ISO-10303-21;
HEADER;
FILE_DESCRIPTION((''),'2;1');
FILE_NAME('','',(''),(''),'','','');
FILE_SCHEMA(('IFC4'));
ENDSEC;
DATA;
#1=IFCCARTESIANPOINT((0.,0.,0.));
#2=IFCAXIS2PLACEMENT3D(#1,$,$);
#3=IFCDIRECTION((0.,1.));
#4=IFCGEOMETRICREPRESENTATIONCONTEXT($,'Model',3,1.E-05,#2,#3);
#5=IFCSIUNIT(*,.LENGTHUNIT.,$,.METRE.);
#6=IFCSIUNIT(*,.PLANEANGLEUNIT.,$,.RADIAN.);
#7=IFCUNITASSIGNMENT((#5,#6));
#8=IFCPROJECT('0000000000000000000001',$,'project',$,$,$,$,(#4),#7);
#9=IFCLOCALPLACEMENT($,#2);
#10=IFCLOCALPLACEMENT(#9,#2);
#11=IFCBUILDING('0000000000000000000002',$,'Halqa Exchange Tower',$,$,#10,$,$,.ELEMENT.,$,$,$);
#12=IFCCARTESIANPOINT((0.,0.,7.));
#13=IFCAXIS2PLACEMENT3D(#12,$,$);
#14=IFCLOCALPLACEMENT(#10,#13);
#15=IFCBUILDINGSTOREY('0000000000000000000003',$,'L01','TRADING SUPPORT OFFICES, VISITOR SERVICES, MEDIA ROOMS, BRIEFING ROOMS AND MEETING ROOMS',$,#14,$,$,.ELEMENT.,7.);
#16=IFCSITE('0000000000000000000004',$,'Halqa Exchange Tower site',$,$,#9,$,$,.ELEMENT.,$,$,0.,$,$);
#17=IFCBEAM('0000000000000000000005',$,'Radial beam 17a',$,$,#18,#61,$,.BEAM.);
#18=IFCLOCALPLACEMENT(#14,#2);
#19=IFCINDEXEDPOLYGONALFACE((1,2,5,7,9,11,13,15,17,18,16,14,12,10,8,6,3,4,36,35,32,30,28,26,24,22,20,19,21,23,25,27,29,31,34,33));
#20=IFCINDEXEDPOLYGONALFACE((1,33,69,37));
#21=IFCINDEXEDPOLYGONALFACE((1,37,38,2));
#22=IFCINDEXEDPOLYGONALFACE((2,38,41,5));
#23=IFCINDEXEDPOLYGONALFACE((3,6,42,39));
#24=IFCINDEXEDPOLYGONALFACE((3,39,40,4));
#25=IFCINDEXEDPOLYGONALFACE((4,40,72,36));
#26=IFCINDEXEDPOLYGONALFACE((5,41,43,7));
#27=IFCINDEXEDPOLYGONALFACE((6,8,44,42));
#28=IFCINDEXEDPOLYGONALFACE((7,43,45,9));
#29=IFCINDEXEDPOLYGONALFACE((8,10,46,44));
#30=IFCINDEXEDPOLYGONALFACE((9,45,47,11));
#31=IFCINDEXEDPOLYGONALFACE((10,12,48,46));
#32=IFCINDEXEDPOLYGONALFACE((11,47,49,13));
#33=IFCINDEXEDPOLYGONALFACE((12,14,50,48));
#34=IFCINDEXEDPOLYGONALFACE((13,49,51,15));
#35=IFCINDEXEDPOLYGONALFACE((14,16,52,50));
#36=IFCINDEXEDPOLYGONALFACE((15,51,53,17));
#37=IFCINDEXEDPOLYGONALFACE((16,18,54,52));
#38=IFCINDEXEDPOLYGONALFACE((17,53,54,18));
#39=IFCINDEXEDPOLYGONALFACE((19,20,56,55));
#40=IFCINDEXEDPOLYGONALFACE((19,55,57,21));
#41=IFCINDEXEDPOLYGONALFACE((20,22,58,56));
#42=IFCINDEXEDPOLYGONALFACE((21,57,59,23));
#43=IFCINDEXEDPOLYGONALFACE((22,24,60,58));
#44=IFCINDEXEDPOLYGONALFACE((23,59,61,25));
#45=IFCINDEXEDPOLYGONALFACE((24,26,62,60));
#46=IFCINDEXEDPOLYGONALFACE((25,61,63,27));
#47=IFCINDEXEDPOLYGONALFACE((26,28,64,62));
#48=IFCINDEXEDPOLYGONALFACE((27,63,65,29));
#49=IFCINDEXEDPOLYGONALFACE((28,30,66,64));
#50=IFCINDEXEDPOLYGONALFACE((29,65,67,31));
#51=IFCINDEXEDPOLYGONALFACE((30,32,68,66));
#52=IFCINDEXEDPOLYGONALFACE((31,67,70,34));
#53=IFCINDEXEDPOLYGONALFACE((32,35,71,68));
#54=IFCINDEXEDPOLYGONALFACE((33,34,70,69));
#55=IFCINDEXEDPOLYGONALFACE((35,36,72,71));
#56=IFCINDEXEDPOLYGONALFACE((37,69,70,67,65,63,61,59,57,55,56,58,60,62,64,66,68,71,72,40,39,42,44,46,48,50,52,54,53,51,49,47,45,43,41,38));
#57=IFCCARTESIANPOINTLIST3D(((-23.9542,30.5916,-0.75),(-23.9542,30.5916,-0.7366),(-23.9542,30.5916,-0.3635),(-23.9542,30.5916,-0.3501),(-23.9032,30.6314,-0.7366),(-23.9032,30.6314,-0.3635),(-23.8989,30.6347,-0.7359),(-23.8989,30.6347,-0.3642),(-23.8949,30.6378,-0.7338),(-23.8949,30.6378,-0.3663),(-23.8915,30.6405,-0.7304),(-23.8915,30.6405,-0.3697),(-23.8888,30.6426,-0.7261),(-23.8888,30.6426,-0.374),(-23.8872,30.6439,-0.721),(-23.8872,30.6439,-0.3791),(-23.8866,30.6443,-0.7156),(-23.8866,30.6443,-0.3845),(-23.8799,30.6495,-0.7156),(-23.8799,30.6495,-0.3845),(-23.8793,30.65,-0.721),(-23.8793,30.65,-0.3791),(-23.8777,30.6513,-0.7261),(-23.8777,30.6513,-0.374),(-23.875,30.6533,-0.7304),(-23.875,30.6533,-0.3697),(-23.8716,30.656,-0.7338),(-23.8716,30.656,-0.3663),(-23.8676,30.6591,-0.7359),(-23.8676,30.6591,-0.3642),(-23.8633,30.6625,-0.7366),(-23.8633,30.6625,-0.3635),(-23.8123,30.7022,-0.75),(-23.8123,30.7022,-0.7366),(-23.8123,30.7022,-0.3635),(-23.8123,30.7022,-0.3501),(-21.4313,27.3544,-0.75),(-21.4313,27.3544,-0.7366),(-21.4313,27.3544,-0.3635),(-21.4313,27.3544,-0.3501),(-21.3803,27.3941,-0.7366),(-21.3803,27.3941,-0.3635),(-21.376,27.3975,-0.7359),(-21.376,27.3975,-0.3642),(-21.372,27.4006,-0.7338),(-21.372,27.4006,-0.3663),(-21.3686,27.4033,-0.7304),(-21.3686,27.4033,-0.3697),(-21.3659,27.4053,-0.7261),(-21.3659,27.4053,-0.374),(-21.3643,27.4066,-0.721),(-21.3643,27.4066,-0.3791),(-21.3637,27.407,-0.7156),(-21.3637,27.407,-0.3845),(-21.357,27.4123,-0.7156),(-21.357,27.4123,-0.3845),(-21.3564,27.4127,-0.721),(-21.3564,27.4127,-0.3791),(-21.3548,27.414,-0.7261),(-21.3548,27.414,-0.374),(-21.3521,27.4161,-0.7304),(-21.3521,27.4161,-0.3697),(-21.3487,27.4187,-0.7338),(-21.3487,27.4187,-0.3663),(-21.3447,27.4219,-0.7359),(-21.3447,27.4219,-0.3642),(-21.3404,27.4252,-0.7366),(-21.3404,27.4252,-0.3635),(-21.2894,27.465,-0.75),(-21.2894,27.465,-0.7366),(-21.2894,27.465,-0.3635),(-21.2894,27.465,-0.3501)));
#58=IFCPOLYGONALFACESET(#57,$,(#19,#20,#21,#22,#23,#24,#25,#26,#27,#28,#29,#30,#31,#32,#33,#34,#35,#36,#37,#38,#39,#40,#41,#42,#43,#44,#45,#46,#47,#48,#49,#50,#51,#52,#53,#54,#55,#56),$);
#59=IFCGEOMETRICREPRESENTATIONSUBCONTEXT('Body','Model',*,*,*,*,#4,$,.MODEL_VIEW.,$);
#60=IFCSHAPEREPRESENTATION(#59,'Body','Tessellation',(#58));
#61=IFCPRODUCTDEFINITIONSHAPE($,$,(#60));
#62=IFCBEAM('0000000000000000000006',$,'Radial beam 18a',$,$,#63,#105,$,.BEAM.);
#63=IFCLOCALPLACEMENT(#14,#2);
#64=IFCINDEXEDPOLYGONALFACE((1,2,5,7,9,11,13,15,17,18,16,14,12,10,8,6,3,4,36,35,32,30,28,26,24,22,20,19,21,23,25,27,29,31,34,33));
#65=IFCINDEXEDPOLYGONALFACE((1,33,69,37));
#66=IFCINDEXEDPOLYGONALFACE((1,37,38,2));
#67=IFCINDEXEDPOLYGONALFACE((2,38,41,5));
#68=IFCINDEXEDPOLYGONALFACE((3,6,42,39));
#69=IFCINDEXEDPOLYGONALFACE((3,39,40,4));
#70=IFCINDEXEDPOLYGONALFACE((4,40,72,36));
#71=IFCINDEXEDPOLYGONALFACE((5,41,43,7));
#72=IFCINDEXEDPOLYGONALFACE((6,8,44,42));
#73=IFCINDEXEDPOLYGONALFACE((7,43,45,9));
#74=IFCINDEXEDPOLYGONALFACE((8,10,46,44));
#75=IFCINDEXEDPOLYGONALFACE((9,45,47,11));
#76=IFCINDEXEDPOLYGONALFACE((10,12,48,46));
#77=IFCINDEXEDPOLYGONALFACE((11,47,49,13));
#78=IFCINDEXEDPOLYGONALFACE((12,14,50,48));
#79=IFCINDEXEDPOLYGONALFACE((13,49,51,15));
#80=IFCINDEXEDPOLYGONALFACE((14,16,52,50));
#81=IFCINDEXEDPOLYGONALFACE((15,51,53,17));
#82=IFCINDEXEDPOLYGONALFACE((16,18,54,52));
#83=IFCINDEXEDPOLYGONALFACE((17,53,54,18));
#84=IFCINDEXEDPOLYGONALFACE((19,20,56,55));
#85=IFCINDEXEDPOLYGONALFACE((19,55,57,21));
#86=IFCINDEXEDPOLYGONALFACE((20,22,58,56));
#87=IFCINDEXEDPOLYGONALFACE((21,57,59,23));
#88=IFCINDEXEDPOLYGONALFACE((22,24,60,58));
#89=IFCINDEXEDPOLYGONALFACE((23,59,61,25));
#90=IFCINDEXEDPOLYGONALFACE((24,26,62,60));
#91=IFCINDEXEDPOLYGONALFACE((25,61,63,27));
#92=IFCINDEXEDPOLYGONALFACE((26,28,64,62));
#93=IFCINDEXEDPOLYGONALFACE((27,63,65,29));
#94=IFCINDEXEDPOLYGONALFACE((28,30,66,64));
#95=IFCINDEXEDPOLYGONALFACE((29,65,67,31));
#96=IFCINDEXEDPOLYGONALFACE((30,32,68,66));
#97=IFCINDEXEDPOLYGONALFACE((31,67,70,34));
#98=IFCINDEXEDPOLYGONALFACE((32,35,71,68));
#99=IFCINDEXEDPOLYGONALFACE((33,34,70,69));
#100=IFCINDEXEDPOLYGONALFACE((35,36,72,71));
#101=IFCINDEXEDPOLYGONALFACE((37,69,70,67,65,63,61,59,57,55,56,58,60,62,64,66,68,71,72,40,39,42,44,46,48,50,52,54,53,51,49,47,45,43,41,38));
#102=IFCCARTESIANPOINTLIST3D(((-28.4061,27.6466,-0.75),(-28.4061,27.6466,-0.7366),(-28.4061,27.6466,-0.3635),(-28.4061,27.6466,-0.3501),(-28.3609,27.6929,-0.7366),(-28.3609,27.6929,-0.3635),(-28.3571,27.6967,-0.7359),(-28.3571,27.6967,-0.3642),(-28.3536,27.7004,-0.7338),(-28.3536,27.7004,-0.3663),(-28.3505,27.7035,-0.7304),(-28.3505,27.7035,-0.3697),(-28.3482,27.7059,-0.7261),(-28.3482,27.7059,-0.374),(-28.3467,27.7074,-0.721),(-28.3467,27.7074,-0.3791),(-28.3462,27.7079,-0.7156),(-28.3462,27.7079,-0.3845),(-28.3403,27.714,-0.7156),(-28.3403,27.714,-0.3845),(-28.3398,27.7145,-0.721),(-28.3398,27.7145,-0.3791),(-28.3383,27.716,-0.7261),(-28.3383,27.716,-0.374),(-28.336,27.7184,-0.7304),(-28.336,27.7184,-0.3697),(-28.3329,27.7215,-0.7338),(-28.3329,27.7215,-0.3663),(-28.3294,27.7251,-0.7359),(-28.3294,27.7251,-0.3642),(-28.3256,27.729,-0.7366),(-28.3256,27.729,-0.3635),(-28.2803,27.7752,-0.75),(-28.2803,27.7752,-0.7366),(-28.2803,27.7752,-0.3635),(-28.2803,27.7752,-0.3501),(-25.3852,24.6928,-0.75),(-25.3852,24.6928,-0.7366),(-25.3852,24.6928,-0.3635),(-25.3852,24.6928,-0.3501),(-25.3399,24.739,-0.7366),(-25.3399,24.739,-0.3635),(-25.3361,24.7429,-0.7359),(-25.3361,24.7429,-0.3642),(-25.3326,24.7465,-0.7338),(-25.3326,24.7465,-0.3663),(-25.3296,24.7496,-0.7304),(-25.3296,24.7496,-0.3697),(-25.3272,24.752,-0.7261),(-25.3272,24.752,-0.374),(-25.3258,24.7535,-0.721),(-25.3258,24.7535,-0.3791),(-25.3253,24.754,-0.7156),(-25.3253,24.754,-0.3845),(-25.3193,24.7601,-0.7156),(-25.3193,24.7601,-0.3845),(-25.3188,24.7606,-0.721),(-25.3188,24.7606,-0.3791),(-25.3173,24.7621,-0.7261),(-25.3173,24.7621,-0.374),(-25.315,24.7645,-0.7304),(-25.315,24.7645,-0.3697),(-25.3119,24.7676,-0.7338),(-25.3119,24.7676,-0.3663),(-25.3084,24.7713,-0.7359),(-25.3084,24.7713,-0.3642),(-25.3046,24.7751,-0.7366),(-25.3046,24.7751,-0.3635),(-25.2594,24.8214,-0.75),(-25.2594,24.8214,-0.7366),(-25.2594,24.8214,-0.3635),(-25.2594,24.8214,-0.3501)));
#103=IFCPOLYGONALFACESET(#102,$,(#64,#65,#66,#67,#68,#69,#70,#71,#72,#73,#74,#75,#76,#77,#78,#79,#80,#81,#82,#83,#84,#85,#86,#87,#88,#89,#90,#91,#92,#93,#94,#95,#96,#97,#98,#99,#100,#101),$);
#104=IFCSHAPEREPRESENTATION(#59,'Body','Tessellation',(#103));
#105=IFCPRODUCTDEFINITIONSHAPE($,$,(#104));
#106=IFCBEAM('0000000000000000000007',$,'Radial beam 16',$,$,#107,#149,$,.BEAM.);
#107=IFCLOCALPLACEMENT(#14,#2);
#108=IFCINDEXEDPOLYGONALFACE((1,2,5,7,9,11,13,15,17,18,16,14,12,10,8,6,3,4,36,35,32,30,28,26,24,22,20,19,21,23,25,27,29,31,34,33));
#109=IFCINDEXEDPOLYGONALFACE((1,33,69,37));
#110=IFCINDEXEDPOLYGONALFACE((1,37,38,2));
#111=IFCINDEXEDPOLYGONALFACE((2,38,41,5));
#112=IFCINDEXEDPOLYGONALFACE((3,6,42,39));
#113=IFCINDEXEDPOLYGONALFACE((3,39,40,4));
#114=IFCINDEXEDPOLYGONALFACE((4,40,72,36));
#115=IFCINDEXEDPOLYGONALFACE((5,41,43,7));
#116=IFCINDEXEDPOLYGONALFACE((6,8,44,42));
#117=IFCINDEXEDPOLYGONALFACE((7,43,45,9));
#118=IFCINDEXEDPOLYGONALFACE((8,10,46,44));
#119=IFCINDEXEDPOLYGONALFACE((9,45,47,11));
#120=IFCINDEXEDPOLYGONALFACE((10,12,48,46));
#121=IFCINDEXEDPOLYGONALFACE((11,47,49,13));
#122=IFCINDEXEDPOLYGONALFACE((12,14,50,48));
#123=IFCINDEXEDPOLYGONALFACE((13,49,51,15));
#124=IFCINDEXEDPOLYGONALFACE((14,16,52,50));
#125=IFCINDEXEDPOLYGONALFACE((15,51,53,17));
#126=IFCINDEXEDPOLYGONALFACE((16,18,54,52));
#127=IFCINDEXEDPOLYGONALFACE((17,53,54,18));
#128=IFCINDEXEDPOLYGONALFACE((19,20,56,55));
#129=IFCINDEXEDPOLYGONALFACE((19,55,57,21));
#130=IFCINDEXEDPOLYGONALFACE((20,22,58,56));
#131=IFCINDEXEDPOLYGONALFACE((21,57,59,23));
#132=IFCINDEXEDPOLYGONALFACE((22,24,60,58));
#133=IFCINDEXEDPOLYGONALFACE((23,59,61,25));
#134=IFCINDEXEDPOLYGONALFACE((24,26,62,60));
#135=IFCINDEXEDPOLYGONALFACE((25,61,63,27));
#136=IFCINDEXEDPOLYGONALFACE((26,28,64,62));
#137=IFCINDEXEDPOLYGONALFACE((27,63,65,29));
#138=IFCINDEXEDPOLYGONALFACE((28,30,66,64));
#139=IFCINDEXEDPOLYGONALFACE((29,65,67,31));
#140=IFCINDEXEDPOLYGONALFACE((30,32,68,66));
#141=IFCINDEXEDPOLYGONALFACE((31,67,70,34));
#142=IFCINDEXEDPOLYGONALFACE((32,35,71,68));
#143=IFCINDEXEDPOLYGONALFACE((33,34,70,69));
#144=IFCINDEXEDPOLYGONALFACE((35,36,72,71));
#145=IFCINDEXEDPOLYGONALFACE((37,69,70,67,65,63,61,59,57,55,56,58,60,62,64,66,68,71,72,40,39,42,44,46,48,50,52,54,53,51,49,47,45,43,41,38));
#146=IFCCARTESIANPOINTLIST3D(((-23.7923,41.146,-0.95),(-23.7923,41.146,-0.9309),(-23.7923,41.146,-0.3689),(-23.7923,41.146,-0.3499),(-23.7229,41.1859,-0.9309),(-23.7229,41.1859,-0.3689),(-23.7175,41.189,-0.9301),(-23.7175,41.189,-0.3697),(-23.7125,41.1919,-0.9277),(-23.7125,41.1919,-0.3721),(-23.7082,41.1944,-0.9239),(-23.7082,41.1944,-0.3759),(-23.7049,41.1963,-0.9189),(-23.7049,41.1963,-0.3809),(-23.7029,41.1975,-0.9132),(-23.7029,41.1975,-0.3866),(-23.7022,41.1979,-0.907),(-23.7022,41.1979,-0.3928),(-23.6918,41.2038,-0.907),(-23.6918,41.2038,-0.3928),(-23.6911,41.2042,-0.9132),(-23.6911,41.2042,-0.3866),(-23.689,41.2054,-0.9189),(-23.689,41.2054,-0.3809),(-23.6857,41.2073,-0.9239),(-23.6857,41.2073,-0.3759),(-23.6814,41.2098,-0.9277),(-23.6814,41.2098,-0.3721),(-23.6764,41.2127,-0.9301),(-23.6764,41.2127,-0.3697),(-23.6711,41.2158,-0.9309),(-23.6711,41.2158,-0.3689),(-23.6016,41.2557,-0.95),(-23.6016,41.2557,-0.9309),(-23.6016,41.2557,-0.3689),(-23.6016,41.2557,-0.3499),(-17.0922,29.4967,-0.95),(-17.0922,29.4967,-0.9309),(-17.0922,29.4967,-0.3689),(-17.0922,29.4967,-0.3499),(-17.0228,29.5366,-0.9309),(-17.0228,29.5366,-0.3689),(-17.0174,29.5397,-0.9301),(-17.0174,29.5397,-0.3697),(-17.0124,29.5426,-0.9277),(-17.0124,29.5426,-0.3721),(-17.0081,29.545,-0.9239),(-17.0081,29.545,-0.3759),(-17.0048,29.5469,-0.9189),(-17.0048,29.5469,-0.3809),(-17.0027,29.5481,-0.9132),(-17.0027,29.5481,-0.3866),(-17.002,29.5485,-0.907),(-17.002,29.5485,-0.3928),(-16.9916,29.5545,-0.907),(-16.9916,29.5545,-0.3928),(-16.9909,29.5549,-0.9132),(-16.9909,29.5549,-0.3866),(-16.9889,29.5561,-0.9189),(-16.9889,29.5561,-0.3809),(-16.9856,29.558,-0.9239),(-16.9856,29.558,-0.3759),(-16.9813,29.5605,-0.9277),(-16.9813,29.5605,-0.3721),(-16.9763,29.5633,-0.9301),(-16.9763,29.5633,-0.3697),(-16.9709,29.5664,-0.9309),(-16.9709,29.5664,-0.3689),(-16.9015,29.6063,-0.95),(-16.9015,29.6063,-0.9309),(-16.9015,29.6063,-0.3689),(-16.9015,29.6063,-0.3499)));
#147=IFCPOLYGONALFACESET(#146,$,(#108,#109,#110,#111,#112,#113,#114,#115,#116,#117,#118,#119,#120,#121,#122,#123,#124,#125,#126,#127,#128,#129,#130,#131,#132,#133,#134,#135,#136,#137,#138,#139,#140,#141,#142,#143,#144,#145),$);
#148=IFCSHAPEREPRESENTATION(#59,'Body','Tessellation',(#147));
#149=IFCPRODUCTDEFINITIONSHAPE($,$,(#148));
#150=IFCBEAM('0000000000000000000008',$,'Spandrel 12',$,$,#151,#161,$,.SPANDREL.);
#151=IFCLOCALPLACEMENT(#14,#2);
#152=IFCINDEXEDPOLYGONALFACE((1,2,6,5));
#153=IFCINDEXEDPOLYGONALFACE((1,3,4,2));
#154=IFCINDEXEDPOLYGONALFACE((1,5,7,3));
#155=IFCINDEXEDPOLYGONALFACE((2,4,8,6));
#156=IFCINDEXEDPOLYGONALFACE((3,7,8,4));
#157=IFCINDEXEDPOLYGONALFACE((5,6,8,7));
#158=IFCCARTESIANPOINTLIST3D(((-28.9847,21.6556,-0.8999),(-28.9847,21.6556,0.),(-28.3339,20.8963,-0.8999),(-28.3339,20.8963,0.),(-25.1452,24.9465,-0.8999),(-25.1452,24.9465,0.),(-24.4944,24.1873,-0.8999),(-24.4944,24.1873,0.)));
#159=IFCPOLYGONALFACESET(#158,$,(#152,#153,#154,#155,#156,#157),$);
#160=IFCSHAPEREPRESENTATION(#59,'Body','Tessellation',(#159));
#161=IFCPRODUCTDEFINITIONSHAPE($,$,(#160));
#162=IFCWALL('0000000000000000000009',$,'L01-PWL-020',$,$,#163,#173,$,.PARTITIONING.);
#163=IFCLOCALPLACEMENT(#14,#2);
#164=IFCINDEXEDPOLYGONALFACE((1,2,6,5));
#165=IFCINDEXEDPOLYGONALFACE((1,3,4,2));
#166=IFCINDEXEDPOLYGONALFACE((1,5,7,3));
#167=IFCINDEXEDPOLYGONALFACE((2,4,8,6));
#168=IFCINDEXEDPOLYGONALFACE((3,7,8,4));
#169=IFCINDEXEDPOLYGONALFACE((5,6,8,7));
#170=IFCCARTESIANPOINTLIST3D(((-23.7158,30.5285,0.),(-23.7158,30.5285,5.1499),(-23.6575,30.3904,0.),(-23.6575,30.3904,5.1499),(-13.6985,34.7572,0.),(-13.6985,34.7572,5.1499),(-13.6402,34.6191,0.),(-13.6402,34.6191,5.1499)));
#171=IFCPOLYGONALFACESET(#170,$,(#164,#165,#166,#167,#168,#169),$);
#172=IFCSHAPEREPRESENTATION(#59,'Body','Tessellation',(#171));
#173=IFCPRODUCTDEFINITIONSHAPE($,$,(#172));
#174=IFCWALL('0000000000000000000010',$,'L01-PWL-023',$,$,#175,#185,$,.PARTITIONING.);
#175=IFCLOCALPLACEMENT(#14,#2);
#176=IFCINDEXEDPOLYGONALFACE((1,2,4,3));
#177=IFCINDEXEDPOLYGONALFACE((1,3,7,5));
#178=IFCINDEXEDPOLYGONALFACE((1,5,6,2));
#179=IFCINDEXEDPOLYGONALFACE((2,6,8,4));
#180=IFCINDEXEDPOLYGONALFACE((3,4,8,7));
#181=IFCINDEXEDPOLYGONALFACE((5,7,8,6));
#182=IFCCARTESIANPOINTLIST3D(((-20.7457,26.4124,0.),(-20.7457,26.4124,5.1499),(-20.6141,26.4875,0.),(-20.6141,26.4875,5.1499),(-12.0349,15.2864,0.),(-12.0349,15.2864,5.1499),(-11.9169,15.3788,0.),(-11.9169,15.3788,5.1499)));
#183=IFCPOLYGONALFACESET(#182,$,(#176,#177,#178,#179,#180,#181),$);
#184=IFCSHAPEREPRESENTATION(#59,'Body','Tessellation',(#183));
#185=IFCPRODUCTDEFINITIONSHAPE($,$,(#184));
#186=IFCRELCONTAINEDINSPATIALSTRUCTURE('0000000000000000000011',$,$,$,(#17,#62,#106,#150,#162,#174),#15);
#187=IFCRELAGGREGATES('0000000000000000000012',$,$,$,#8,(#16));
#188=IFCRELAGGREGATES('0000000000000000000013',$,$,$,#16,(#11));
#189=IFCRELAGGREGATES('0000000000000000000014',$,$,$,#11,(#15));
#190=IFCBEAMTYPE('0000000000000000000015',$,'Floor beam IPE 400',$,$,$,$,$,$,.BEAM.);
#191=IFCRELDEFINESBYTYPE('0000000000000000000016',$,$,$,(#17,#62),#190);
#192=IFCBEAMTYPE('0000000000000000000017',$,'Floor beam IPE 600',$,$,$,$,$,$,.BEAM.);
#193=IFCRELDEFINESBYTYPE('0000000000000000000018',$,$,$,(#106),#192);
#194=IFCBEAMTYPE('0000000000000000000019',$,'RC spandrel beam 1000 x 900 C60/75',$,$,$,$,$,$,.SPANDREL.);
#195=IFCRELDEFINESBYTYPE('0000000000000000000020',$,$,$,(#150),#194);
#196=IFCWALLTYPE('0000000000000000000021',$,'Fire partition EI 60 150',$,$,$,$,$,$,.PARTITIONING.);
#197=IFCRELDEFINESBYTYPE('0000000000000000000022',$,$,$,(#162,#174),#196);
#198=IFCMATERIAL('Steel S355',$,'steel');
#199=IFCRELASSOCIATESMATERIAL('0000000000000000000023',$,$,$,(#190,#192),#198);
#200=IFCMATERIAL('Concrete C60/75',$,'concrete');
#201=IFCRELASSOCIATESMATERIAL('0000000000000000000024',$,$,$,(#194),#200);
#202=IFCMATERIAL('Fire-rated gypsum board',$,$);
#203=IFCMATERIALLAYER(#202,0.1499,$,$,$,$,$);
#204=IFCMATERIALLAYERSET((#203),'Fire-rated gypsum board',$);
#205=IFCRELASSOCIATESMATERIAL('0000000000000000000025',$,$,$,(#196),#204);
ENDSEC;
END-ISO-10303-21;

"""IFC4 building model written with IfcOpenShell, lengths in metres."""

from ifc_helpers import new_model, si_unit, direction, frame, frame_2d, origin, origin_2d, place, context, subcontext, project, spatial, polyline, rectangle, i_section, outline, extrude, material, layer, layer_set, material_profile, profile_set, type_object, element, save


model = new_model("IFC4")

# Units and contexts
model_context = context("Model", 3, precision=1e-05, world=origin(), true_north=direction((0.0, 1.0)))
body_context = subcontext(model_context, "Body", "Model", "MODEL_VIEW")
ifc_project = project(units=[si_unit("LENGTHUNIT", "METRE"), si_unit("PLANEANGLEUNIT", "RADIAN")], contexts=[model_context])

# Site, building, storey
site_placement = place(None, origin())
site = spatial("IfcSite", under=ifc_project, at=site_placement, Name="Halqa Exchange Tower site", CompositionType="ELEMENT", RefElevation=0.0)
building_placement = place(site_placement, origin())
building = spatial("IfcBuilding", under=site, at=building_placement, Name="Halqa Exchange Tower", CompositionType="ELEMENT")
storey_placement = place(building_placement, frame((0.0, 0.0, 7.0)))
storey = spatial("IfcBuildingStorey", under=building, at=storey_placement, Name="L01", Description="TRADING SUPPORT OFFICES, VISITOR SERVICES, MEDIA ROOMS, BRIEFING ROOMS AND MEETING ROOMS", CompositionType="ELEMENT", Elevation=7.0)

# Beams
ifc_material_1 = material(Name="Steel S355", Category="steel")
ifc_material_profile_1 = material_profile(ifc_material_1, i_section(OverallWidth=0.1799, OverallDepth=0.3999, WebThickness=0.0085, FlangeThickness=0.0134, FilletRadius=0.021, at=origin_2d()), Name="IPE 400")
ifc_profile_set_1 = profile_set([ifc_material_profile_1], Name="Steel S355")
beam_type_1 = type_object("IfcBeamType", Name="Floor beam IPE 400", PredefinedType="BEAM", material=ifc_profile_set_1)
beam_1_placement = place(storey_placement, frame((-21.3604, 27.4097, -0.55), z_axis=(-0.614706, 0.788756, 0.0), x_axis=(-0.788756, -0.614706, 0.0)))
element("IfcBeam", 1, at=beam_1_placement, inside=storey, type_object=beam_type_1, Name="Radial beam 17a", PredefinedType="BEAM", context=body_context, shape_type="SweptSolid", body=[
    extrude(i_section(OverallWidth=0.1799, OverallDepth=0.3999, WebThickness=0.0085, FlangeThickness=0.0134, FilletRadius=0.021, at=origin_2d()), origin(), (0.0, 0.0, 1.0), 4.1042),
])
beam_2_placement = place(storey_placement, frame((-25.3223, 24.7571, -0.55), z_axis=(-0.715007, 0.699117, 0.0), x_axis=(-0.699117, -0.715007, 0.0)))
element("IfcBeam", 2, at=beam_2_placement, inside=storey, type_object=beam_type_1, Name="Radial beam 18a", PredefinedType="BEAM", context=body_context, shape_type="SweptSolid", body=[
    extrude(i_section(OverallWidth=0.1799, OverallDepth=0.3999, WebThickness=0.0085, FlangeThickness=0.0134, FilletRadius=0.021, at=origin_2d()), origin(), (0.0, 0.0, 1.0), 4.2251),
])
ifc_material_profile_2 = material_profile(ifc_material_1, i_section(OverallWidth=0.22, OverallDepth=0.6001, WebThickness=0.012, FlangeThickness=0.019, FilletRadius=0.0239, at=origin_2d()), Name="IPE 600")
ifc_profile_set_2 = profile_set([ifc_material_profile_2], Name="Steel S355")
beam_type_2 = type_object("IfcBeamType", Name="Floor beam IPE 600", PredefinedType="BEAM", material=ifc_profile_set_2)
beam_3_placement = place(storey_placement, frame((-16.9968, 29.5515, -0.6499), z_axis=(-0.498571, 0.866849, 0.0), x_axis=(-0.866849, -0.498571, 0.0)))
element("IfcBeam", 3, at=beam_3_placement, inside=storey, type_object=beam_type_2, Name="Radial beam 16", PredefinedType="BEAM", context=body_context, shape_type="SweptSolid", body=[
    extrude(i_section(OverallWidth=0.22, OverallDepth=0.6001, WebThickness=0.012, FlangeThickness=0.019, FilletRadius=0.0239, at=origin_2d()), origin(), (0.0, 0.0, 1.0), 13.4387),
])
ifc_material_2 = material(Name="Concrete C60/75", Category="concrete")
ifc_material_profile_3 = material_profile(ifc_material_2, rectangle(XDim=1.0, YDim=0.8999, at=origin_2d()), Name="1000 x 900")
ifc_profile_set_3 = profile_set([ifc_material_profile_3], Name="Concrete C60/75")
beam_type_3 = type_object("IfcBeamType", Name="RC spandrel beam 1000 x 900 C60/75", PredefinedType="SPANDREL", material=ifc_profile_set_3)
beam_4_placement = place(storey_placement, frame((-24.8198, 24.5669, -0.45), z_axis=(-0.759263, -0.650783, 0.0), x_axis=(0.650783, -0.759263, 0.0)))
element("IfcBeam", 4, at=beam_4_placement, inside=storey, type_object=beam_type_3, Name="Spandrel 12", PredefinedType="SPANDREL", context=body_context, shape_type="SweptSolid", body=[
    extrude(rectangle(XDim=1.0, YDim=0.8999, at=origin_2d()), origin(), (0.0, 0.0, 1.0), 5.0569),
])

# Walls
ifc_material_3 = material(Name="Fire-rated gypsum board")
ifc_layer_1 = layer(ifc_material_3, 0.1499)
ifc_layer_set_1 = layer_set([ifc_layer_1], Name="Fire-rated gypsum board")
wall_type_1 = type_object("IfcWallType", Name="Fire partition EI 60 150", PredefinedType="PARTITIONING", material=ifc_layer_set_1)
wall_1_placement = place(storey_placement, frame((-23.6865, 30.4595, 0.0), z_axis=(0.0, 0.0, 1.0), x_axis=(0.921275, 0.388911, 0.0)))
element("IfcWall", 5, at=wall_1_placement, inside=storey, type_object=wall_type_1, Name="L01-PWL-020", PredefinedType="PARTITIONING", context=body_context, shape_type="SweptSolid", body=[
    extrude(rectangle(XDim=10.8733, YDim=0.1499, at=frame_2d((5.4365, 0.0))), origin(), (0.0, 0.0, 1.0), 5.1499),
])
wall_2_placement = place(storey_placement, frame((-20.6799, 26.45, 0.0), z_axis=(0.0, 0.0, 1.0), x_axis=(0.616462, -0.787385, 0.0)))
element("IfcWall", 6, at=wall_2_placement, inside=storey, type_object=wall_type_1, Name="L01-PWL-023", PredefinedType="PARTITIONING", context=body_context, shape_type="SweptSolid", body=[
    extrude(outline(polyline([(-0.011, -0.075), (14.1194, -0.075), (14.1194, 0.075), (0.011, 0.075), (-0.011, -0.075)])), origin(), (0.0, 0.0, 1.0), 5.1499),
])

save(model, "model.ifc")
